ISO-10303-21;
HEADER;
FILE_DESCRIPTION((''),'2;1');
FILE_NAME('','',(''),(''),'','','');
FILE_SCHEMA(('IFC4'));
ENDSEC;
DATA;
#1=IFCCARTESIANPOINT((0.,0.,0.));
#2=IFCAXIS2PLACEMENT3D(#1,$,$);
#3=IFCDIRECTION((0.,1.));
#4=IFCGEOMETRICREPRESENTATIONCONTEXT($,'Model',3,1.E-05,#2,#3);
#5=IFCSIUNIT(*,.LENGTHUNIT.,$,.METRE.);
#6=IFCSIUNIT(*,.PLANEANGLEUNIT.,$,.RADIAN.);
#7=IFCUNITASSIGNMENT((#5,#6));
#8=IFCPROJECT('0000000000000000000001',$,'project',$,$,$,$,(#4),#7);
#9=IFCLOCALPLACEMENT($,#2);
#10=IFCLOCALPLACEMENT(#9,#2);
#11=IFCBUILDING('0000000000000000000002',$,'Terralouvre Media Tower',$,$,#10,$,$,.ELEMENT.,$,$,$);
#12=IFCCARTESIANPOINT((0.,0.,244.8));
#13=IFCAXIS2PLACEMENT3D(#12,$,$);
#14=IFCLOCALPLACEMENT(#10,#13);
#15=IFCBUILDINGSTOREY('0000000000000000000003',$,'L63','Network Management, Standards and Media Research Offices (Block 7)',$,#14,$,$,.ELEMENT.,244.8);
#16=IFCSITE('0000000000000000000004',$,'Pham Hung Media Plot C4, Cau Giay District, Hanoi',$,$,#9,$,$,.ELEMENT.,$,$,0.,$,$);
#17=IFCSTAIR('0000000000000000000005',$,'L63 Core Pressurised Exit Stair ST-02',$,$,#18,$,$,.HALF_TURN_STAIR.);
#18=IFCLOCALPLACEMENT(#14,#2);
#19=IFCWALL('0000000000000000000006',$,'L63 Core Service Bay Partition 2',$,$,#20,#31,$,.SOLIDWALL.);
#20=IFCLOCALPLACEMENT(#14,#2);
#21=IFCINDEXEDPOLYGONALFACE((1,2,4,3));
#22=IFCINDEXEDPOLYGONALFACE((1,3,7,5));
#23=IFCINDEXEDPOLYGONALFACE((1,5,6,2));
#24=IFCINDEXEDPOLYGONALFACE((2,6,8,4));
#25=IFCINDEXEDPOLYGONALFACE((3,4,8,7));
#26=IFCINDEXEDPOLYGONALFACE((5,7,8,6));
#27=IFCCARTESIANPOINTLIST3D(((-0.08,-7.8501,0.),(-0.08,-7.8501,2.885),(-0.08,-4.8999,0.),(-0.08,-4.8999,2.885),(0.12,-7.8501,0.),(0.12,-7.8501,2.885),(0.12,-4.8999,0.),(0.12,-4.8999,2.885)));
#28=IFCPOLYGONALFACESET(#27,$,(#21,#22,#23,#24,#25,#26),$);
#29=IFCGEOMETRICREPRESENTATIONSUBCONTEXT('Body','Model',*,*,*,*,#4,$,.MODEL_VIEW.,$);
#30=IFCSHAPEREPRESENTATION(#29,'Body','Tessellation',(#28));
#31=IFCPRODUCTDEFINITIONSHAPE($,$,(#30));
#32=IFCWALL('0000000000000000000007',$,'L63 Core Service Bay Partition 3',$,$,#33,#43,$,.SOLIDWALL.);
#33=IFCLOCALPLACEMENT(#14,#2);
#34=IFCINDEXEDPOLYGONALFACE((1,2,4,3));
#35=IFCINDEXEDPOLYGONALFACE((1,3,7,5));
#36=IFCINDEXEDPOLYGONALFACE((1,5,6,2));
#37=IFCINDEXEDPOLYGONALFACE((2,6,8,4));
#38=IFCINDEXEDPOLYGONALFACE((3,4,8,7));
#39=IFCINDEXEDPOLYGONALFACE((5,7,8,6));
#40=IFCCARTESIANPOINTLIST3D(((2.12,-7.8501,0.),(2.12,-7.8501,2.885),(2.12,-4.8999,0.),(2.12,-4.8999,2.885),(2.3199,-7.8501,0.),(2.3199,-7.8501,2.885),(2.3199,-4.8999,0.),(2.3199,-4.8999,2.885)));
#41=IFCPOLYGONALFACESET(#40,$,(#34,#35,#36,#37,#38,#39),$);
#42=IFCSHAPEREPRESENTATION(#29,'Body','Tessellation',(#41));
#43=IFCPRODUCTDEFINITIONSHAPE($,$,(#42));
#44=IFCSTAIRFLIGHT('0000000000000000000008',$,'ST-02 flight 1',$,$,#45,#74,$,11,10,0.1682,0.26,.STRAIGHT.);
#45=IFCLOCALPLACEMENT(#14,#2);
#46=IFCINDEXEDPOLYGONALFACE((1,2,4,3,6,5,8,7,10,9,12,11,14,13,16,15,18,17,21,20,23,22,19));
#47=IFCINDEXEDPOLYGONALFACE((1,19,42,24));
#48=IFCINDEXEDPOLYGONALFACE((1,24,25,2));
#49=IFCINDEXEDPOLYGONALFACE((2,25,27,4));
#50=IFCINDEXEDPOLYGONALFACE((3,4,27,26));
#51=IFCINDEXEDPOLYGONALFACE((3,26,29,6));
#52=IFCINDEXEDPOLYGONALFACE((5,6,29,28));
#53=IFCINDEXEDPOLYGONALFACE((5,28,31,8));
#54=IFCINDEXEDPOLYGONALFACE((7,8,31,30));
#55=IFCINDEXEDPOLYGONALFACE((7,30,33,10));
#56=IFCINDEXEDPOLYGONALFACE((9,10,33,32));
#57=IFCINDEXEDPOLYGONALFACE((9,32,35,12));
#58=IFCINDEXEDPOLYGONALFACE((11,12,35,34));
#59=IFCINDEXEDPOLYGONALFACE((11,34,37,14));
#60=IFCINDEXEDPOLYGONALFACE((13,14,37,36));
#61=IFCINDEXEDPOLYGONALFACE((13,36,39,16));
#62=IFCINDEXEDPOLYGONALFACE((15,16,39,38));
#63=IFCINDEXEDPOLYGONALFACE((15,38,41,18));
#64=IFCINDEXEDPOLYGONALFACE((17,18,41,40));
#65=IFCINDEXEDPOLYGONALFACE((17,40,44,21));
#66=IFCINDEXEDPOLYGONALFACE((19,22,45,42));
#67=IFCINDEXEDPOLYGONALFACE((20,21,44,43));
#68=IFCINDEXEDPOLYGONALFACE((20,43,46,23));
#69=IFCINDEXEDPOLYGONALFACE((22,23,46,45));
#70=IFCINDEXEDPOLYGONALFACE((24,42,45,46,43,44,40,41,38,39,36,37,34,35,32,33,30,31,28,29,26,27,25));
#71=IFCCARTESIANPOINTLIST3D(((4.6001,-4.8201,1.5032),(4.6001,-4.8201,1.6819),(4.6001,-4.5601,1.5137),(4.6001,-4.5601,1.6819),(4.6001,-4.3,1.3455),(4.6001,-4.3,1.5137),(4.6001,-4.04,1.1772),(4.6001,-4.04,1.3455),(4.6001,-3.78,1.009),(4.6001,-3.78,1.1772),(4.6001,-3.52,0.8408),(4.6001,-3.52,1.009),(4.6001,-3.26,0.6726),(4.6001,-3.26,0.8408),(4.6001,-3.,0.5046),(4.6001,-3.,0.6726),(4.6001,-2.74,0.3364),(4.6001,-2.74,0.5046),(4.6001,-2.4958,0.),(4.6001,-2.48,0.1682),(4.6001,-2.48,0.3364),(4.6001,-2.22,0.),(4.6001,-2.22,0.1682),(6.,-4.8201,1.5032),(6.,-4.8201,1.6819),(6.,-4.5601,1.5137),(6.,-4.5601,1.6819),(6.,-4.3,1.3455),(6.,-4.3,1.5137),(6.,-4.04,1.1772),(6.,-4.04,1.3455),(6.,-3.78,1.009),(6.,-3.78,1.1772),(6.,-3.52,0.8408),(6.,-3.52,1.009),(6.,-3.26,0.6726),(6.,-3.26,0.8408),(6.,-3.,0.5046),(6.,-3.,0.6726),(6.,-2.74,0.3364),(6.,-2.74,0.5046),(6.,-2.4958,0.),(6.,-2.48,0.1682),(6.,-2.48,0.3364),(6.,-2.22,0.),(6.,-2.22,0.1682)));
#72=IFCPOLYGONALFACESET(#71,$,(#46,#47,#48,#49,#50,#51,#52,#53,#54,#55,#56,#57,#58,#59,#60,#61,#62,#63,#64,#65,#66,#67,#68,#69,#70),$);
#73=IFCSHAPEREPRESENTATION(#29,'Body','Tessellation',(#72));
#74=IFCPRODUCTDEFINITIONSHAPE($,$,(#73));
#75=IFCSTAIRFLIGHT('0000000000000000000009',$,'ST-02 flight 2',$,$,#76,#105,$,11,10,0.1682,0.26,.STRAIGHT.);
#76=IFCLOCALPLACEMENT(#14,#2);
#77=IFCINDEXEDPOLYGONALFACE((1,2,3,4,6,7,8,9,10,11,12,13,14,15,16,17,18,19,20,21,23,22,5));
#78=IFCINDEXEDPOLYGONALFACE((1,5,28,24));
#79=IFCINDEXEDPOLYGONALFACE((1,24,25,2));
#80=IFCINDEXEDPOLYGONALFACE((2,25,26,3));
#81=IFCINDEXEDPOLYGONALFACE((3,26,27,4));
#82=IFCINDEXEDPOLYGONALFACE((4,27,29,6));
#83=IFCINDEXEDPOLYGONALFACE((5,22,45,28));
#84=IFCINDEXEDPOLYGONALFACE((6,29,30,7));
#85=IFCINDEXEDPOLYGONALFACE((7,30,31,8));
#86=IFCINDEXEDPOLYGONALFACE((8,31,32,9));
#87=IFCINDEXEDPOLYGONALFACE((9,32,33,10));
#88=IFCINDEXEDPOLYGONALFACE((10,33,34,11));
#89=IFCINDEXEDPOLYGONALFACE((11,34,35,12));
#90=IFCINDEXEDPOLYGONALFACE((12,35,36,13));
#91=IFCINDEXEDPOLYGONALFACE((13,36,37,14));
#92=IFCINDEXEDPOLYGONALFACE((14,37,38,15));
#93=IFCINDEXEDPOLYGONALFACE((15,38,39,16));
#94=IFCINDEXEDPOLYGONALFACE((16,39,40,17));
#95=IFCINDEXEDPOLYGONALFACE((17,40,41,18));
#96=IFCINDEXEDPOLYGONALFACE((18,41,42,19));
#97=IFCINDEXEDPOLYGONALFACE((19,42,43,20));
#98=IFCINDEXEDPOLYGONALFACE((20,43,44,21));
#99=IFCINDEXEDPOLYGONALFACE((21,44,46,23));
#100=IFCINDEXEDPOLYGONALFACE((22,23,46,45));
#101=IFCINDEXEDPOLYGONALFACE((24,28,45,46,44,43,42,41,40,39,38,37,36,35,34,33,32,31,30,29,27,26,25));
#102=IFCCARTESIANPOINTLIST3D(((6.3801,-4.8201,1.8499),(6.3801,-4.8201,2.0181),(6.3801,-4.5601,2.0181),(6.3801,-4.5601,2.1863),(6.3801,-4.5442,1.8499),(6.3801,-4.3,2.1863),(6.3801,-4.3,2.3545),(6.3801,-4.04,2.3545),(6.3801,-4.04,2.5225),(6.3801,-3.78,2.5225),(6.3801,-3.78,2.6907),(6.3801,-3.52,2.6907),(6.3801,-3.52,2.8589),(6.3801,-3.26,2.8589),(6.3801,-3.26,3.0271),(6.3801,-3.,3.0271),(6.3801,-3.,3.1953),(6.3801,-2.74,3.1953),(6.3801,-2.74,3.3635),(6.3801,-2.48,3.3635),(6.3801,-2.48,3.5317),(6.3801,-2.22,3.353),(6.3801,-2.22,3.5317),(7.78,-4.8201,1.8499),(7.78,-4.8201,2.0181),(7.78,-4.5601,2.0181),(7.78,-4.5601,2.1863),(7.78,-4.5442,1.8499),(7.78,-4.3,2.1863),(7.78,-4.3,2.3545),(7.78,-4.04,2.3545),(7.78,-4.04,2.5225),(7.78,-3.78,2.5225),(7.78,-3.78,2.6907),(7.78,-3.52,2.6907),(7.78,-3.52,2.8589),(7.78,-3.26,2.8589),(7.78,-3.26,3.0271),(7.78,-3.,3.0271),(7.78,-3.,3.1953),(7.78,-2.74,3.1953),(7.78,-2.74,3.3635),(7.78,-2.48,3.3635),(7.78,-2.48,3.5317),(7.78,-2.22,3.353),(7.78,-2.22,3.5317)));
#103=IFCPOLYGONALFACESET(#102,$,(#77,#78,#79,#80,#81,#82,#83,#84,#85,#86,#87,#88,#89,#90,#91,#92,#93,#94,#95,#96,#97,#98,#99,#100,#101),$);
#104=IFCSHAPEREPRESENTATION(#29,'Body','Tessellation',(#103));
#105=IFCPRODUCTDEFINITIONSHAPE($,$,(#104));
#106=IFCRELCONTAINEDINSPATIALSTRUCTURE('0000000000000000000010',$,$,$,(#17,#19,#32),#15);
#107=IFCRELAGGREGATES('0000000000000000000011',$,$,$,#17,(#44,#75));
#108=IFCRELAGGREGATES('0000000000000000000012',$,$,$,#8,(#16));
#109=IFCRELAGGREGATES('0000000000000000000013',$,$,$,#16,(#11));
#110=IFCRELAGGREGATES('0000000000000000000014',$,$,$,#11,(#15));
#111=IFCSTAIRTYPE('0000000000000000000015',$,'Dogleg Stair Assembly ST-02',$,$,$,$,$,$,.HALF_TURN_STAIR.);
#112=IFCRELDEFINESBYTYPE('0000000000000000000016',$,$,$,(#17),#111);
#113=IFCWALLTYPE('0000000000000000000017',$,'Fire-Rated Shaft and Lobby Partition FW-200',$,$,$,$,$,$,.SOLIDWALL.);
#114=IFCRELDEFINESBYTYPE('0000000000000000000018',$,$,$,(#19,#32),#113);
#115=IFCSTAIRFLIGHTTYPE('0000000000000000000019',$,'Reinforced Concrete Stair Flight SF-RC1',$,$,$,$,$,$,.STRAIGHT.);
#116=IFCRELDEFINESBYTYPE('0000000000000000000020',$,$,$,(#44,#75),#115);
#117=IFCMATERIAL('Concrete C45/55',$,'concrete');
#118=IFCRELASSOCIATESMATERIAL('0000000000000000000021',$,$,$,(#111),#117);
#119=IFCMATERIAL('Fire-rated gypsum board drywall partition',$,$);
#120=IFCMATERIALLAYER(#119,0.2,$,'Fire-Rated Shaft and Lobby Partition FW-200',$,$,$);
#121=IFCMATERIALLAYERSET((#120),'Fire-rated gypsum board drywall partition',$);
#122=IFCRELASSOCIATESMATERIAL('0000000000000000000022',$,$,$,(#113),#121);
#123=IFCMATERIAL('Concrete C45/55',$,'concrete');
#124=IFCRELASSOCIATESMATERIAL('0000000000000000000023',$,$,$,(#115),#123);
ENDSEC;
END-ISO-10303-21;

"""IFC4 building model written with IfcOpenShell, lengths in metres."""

from ifc_helpers import new_model, si_unit, direction, frame, frame_2d, origin, place, context, subcontext, project, spatial, polyline, rectangle, outline, extrude, material, layer, layer_set, type_object, element, aggregate, save


model = new_model("IFC4")

# Units and contexts
model_context = context("Model", 3, precision=1e-05, world=origin(), true_north=direction((0.0, 1.0)))
body_context = subcontext(model_context, "Body", "Model", "MODEL_VIEW")
ifc_project = project(units=[si_unit("LENGTHUNIT", "METRE"), si_unit("PLANEANGLEUNIT", "RADIAN")], contexts=[model_context])

# Site, building, storey
site_placement = place(None, origin())
site = spatial("IfcSite", under=ifc_project, at=site_placement, Name="Pham Hung Media Plot C4, Cau Giay District, Hanoi", CompositionType="ELEMENT", RefElevation=0.0)
building_placement = place(site_placement, origin())
building = spatial("IfcBuilding", under=site, at=building_placement, Name="Terralouvre Media Tower", CompositionType="ELEMENT")
storey_placement = place(building_placement, frame((0.0, 0.0, 244.8)))
storey = spatial("IfcBuildingStorey", under=building, at=storey_placement, Name="L63", Description="Network Management, Standards and Media Research Offices (Block 7)", CompositionType="ELEMENT", Elevation=244.8)

# Stair
ifc_material_1 = material(Name="Concrete C45/55", Category="concrete")
stair_type_1 = type_object("IfcStairType", Name="Dogleg Stair Assembly ST-02", PredefinedType="HALF_TURN_STAIR", material=ifc_material_1)
stair_1_placement = place(storey_placement, origin())
stair_1 = element("IfcStair", 1, at=stair_1_placement, inside=storey, type_object=stair_type_1, Name="L63 Core Pressurised Exit Stair ST-02", PredefinedType="HALF_TURN_STAIR")

# Walls
ifc_material_2 = material(Name="Fire-rated gypsum board drywall partition")
ifc_layer_1 = layer(ifc_material_2, 0.2, Name="Fire-Rated Shaft and Lobby Partition FW-200")
ifc_layer_set_1 = layer_set([ifc_layer_1], Name="Fire-rated gypsum board drywall partition")
wall_type_1 = type_object("IfcWallType", Name="Fire-Rated Shaft and Lobby Partition FW-200", PredefinedType="SOLIDWALL", material=ifc_layer_set_1)
for number, where, z_axis, x_axis, name in (
    (2, (0.02, -7.8501, 0.0), (0.0, 0.0, 1.0), (0.0, 1.0, 0.0), "L63 Core Service Bay Partition 2"),
    (3, (2.22, -7.8501, 0.0), (0.0, 0.0, 1.0), (0.0, 1.0, 0.0), "L63 Core Service Bay Partition 3"),
):
    element("IfcWall", number, at=place(storey_placement, frame(where, z_axis=z_axis, x_axis=x_axis)), inside=storey, type_object=wall_type_1, Name=name, PredefinedType="SOLIDWALL", context=body_context, shape_type="SweptSolid", body=[
        extrude(rectangle(XDim=2.9502, YDim=0.2, at=frame_2d((1.4751, 0.0))), origin(), (0.0, 0.0, 1.0), 2.885),
    ])

# Stair flights
ifc_material_3 = material(Name="Concrete C45/55", Category="concrete")
stair_flight_type = type_object("IfcStairFlightType", Name="Reinforced Concrete Stair Flight SF-RC1", PredefinedType="STRAIGHT", material=ifc_material_3)
stair_flight_1_placement = place(storey_placement, frame((5.3, -2.22, 0.0), z_axis=(0.0, 0.0, 1.0), x_axis=(0.0, -1.0, 0.0)))
stair_flight_1 = element("IfcStairFlight", 4, at=stair_flight_1_placement, type_object=stair_flight_type, Name="ST-02 flight 1", NumberOfRisers=11, NumberOfTreads=10, PredefinedType="STRAIGHT", RiserHeight=0.1682, TreadLength=0.26, context=body_context, shape_type="SweptSolid", body=[
    extrude(outline(polyline([(0.0, 0.0), (0.0, 0.1682), (0.26, 0.1682), (0.26, 0.3364), (0.52, 0.3364), (0.52, 0.5046), (0.78, 0.5046), (0.78, 0.6726), (1.04, 0.6726), (1.04, 0.8408), (1.3, 0.8408), (1.3, 1.009), (1.5601, 1.009), (1.5601, 1.1772), (1.8201, 1.1772), (1.8201, 1.3455), (2.0801, 1.3455), (2.0801, 1.5137), (2.3401, 1.5137), (2.3401, 1.6819), (2.6001, 1.6819), (2.6001, 1.8501), (2.6001, 1.5032), (0.2759, 0.0), (0.0, 0.0)])), frame((0.0, 0.7, 0.0), z_axis=(0.0, -1.0, 0.0), x_axis=(1.0, 0.0, 0.0)), (0.0, 0.0, 1.0), 1.3999),
])
stair_flight_2_placement = place(storey_placement, frame((7.0801, -4.8201, 1.8499), z_axis=(0.0, 0.0, 1.0), x_axis=(0.0, 1.0, 0.0)))
stair_flight_2 = element("IfcStairFlight", 5, at=stair_flight_2_placement, type_object=stair_flight_type, Name="ST-02 flight 2", NumberOfRisers=11, NumberOfTreads=10, PredefinedType="STRAIGHT", RiserHeight=0.1682, TreadLength=0.26, context=body_context, shape_type="SweptSolid", body=[
    extrude(outline(polyline([(0.0, 0.0), (0.0, 0.1682), (0.26, 0.1682), (0.26, 0.3364), (0.52, 0.3364), (0.52, 0.5046), (0.78, 0.5046), (0.78, 0.6726), (1.04, 0.6726), (1.04, 0.8408), (1.3, 0.8408), (1.3, 1.009), (1.5601, 1.009), (1.5601, 1.1772), (1.8201, 1.1772), (1.8201, 1.3455), (2.0801, 1.3455), (2.0801, 1.5137), (2.3401, 1.5137), (2.3401, 1.6819), (2.6001, 1.6819), (2.6001, 1.8501), (2.6001, 1.5032), (0.2759, 0.0), (0.0, 0.0)])), frame((0.0, 0.7, 0.0), z_axis=(0.0, -1.0, 0.0), x_axis=(1.0, 0.0, 0.0)), (0.0, 0.0, 1.0), 1.3999),
])
aggregate(stair_1, [stair_flight_1, stair_flight_2])

save(model, "model.ifc")
